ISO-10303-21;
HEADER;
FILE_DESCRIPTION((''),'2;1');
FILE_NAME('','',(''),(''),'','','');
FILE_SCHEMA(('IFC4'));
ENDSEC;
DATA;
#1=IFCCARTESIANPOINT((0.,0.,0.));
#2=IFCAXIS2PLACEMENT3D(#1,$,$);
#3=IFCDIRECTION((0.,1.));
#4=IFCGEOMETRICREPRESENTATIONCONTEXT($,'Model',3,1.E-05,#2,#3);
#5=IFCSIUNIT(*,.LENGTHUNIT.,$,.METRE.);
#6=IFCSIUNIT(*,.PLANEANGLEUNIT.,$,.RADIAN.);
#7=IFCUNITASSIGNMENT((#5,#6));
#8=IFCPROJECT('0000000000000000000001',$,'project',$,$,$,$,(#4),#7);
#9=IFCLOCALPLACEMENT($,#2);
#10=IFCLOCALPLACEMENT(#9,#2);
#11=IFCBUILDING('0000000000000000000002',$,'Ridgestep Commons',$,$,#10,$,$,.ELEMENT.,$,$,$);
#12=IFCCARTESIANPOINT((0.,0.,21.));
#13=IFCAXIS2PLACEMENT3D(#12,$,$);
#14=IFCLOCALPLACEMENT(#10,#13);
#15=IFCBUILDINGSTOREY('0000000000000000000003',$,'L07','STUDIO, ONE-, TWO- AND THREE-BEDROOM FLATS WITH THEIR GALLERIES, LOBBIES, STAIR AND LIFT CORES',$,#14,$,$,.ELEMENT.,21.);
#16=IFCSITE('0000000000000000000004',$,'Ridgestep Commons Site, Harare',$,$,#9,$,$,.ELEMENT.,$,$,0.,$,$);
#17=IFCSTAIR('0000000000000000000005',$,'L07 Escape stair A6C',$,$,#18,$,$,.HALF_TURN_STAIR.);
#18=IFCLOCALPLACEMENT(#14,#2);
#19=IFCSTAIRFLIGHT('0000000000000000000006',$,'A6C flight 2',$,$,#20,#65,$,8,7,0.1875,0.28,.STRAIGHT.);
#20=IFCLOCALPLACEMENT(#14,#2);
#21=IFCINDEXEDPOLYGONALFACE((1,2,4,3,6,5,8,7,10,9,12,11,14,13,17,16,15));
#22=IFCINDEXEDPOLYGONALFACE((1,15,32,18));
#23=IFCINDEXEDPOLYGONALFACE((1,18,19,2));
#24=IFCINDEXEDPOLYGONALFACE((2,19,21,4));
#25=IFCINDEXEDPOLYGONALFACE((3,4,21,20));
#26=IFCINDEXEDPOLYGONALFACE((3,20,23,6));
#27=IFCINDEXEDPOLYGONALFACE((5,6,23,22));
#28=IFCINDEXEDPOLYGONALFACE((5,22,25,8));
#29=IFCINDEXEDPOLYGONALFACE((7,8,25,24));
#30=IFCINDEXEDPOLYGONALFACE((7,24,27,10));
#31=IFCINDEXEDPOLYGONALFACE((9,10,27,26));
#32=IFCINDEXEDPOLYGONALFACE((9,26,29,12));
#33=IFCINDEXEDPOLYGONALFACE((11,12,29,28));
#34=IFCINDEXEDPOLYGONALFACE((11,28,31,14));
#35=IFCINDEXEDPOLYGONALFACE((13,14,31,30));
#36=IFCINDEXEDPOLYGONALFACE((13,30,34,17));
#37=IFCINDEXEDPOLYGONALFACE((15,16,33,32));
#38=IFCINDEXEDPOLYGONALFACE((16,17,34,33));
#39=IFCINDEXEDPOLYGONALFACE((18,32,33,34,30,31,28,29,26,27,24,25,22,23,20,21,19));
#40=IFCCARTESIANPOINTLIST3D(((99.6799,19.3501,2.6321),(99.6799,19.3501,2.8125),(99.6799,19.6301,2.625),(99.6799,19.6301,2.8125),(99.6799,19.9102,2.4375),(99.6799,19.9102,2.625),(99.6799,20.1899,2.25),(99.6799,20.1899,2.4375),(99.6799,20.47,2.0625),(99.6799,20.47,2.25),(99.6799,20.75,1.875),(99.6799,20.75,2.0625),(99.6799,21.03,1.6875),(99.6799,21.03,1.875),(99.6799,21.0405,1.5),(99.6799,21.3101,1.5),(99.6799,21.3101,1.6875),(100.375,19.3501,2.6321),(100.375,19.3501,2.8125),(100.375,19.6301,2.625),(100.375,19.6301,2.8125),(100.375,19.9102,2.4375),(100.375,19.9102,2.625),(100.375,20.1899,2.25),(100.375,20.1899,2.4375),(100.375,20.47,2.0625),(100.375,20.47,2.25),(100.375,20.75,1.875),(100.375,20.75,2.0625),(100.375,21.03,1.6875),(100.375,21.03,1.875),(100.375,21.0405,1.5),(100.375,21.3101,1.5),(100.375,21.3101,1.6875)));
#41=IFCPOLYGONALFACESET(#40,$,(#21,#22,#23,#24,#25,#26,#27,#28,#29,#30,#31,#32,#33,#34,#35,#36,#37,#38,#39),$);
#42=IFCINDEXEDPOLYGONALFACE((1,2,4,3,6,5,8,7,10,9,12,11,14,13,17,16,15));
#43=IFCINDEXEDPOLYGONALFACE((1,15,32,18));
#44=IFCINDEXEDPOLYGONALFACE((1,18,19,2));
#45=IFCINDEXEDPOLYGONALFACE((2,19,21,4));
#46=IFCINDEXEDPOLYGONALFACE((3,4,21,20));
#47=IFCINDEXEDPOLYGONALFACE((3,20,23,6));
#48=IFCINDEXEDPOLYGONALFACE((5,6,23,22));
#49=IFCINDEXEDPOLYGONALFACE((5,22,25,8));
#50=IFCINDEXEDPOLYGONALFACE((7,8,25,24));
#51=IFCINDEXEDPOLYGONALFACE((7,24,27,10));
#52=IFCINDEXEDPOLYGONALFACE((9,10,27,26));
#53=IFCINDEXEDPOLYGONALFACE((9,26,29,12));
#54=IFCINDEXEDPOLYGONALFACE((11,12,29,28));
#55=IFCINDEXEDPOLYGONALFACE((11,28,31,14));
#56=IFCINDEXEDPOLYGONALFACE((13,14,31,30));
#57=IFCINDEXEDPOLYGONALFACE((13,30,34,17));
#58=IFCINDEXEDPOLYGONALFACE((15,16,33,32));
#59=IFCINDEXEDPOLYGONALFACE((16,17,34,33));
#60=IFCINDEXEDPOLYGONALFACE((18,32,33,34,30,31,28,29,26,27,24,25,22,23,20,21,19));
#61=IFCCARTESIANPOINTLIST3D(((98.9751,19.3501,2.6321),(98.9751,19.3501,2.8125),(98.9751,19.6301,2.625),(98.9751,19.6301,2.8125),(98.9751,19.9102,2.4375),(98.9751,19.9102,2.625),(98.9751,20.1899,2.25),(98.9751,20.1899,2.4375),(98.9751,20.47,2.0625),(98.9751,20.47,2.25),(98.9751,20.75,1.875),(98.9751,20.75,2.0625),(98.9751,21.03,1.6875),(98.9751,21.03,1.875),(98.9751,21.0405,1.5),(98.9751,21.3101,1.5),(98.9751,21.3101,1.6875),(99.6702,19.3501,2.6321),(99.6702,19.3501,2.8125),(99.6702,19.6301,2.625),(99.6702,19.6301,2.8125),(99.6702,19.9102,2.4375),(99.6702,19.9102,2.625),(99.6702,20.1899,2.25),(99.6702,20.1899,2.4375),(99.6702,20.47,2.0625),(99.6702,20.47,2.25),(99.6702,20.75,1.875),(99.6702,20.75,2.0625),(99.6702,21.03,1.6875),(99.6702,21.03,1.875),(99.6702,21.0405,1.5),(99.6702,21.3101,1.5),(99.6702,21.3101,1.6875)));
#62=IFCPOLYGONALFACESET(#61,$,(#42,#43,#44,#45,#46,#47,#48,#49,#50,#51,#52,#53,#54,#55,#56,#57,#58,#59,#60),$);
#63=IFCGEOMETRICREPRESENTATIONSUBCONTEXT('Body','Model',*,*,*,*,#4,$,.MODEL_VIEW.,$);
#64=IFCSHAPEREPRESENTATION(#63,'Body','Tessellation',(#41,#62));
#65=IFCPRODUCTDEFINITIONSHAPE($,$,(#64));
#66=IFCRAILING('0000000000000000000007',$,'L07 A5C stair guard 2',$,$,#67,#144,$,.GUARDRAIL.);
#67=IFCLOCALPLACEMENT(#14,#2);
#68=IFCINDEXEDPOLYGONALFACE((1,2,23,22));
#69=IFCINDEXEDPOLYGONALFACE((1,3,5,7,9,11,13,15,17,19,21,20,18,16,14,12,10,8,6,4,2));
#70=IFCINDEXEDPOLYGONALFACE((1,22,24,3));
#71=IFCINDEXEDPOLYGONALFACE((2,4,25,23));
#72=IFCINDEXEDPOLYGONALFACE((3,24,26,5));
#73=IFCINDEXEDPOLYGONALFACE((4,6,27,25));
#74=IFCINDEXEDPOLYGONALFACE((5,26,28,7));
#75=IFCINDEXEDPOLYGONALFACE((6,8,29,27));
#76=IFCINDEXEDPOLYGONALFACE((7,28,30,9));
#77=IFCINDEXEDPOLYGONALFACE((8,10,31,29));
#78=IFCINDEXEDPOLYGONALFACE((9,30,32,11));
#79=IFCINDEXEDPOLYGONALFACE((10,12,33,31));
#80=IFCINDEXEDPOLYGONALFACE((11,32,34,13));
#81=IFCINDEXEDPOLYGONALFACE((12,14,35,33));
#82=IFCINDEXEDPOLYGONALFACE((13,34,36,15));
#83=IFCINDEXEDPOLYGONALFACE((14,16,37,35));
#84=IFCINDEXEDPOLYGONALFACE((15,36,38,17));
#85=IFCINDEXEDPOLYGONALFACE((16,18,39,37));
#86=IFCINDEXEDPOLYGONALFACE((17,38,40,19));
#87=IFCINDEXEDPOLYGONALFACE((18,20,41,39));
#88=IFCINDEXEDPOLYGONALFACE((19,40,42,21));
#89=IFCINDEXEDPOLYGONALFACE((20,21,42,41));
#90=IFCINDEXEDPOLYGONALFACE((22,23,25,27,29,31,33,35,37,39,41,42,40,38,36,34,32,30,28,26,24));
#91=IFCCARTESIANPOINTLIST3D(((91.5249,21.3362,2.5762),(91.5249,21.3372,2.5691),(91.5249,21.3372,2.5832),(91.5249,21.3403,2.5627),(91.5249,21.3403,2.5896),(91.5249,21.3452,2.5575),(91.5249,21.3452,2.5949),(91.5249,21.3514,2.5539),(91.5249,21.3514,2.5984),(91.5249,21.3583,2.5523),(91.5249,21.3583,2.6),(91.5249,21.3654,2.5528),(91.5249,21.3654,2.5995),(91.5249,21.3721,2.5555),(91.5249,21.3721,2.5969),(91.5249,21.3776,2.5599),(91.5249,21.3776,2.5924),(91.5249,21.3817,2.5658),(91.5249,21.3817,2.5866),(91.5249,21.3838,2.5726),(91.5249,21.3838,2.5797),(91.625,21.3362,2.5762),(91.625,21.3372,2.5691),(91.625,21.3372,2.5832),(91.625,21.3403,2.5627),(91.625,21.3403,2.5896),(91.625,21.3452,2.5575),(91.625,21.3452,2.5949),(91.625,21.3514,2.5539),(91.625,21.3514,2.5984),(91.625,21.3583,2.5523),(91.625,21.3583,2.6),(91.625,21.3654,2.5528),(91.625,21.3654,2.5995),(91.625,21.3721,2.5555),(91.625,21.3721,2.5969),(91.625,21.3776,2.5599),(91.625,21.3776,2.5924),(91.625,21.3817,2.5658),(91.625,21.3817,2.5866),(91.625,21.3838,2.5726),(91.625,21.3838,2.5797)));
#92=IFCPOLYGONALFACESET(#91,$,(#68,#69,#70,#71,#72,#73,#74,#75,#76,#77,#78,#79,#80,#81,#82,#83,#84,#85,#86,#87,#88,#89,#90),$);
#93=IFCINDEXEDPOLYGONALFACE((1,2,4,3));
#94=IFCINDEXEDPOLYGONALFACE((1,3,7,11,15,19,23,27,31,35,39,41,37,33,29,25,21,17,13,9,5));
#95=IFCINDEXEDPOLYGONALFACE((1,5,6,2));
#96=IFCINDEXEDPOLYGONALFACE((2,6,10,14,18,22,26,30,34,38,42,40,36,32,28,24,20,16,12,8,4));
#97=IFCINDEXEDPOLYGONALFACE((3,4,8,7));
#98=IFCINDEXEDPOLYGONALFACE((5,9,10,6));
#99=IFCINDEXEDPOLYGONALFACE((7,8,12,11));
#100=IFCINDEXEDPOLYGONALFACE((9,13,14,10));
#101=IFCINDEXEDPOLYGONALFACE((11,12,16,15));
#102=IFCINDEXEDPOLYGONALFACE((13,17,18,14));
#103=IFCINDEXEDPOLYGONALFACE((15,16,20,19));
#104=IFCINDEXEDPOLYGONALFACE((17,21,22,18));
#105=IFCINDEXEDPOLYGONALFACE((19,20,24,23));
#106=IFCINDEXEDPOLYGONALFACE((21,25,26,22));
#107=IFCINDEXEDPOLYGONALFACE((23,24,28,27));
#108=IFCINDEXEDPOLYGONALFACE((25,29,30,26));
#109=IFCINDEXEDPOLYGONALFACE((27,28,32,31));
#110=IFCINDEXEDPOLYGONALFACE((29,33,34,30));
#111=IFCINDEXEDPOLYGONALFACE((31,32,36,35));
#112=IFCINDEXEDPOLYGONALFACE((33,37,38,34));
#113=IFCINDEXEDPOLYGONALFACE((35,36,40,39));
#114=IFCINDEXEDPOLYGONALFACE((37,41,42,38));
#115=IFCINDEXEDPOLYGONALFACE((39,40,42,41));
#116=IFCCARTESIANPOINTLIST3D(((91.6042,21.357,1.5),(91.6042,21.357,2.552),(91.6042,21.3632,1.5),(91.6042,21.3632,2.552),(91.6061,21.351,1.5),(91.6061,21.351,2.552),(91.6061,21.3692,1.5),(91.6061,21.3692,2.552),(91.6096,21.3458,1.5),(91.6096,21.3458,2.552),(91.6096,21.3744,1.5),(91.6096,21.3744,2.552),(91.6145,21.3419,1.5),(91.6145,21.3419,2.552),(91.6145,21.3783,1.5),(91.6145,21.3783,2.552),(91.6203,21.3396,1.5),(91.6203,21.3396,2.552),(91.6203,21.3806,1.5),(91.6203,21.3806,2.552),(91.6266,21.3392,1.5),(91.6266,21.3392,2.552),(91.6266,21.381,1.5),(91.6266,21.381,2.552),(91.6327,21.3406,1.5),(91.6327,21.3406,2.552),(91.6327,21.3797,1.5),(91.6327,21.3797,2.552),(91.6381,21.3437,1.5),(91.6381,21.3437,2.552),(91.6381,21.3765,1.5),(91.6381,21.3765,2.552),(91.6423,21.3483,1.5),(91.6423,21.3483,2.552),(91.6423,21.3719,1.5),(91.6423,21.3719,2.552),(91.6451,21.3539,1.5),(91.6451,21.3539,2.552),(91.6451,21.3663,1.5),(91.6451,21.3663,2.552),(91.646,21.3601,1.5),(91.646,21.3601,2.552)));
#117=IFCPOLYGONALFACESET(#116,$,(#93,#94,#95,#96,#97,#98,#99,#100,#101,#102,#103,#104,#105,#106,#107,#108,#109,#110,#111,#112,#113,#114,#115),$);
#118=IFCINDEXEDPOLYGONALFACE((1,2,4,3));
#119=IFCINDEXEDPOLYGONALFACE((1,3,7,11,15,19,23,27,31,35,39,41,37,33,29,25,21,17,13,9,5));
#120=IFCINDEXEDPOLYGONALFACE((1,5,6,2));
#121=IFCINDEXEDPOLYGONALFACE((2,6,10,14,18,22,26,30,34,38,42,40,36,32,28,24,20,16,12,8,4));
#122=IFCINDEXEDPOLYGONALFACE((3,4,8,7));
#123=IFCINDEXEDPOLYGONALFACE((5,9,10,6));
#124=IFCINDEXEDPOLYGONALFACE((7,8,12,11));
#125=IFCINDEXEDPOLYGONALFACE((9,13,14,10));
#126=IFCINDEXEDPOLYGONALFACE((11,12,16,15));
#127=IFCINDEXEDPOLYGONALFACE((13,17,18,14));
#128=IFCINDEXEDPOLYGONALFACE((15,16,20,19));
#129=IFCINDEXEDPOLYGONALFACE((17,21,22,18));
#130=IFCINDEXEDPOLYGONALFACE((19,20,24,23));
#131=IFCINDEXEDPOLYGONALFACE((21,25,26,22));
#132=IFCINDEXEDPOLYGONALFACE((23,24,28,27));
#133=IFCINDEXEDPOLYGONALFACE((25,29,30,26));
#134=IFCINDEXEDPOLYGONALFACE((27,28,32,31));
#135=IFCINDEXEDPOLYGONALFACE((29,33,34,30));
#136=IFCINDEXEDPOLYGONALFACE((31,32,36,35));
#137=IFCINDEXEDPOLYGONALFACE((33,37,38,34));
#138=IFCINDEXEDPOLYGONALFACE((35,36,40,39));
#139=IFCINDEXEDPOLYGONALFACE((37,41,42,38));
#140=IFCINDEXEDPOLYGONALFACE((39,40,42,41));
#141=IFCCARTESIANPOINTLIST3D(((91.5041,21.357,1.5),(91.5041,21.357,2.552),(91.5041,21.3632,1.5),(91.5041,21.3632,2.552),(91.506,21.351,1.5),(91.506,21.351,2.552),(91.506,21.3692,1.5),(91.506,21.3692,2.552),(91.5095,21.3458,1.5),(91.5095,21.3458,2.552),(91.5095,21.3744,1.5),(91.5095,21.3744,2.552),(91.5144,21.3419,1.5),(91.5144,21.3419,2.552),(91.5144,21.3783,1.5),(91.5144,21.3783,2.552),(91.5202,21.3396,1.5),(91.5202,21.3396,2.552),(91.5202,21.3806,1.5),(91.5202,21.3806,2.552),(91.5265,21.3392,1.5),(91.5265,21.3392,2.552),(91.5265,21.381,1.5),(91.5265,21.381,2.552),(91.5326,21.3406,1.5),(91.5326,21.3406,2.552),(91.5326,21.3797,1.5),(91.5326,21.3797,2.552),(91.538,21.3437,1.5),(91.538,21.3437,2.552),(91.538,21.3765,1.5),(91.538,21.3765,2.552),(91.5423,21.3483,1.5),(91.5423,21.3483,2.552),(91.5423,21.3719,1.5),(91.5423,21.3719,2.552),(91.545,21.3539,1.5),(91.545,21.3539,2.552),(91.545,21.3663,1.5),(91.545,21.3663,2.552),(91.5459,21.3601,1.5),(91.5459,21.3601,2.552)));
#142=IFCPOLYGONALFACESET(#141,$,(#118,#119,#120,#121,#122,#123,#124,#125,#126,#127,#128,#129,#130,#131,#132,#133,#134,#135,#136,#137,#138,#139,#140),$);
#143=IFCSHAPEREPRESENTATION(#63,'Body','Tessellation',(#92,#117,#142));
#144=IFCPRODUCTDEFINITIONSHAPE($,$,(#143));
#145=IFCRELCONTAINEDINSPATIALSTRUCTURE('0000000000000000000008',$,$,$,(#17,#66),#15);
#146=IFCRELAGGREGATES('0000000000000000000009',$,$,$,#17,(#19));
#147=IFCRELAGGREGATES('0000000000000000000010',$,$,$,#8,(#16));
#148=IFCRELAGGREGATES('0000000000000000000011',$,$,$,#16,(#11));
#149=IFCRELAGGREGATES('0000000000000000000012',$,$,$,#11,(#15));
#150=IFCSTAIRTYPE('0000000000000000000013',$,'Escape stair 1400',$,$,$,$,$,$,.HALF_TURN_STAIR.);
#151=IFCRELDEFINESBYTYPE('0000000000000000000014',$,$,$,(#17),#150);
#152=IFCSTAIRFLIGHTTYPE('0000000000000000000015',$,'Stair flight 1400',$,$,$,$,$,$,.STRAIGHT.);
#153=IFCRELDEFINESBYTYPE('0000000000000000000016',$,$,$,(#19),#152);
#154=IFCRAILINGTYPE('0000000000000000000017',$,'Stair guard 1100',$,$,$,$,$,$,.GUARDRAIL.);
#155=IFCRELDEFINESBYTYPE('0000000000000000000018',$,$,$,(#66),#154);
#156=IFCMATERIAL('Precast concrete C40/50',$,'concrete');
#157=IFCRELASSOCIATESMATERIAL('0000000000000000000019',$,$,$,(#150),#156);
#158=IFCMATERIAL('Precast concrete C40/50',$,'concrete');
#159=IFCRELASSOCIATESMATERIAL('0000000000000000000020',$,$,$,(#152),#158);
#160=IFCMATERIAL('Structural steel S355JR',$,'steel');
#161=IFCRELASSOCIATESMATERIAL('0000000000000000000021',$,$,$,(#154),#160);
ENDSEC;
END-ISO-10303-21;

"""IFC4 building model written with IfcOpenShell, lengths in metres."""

from ifc_helpers import new_model, si_unit, direction, frame, origin, origin_2d, place, context, subcontext, project, spatial, polyline, circle, outline, extrude, material, type_object, element, aggregate, save


model = new_model("IFC4")

# Units and contexts
model_context = context("Model", 3, precision=1e-05, world=origin(), true_north=direction((0.0, 1.0)))
body_context = subcontext(model_context, "Body", "Model", "MODEL_VIEW")
ifc_project = project(units=[si_unit("LENGTHUNIT", "METRE"), si_unit("PLANEANGLEUNIT", "RADIAN")], contexts=[model_context])

# Site, building, storey
site_placement = place(None, origin())
site = spatial("IfcSite", under=ifc_project, at=site_placement, Name="Ridgestep Commons Site, Harare", CompositionType="ELEMENT", RefElevation=0.0)
building_placement = place(site_placement, origin())
building = spatial("IfcBuilding", under=site, at=building_placement, Name="Ridgestep Commons", CompositionType="ELEMENT")
storey_placement = place(building_placement, frame((0.0, 0.0, 21.0)))
storey = spatial("IfcBuildingStorey", under=building, at=storey_placement, Name="L07", Description="STUDIO, ONE-, TWO- AND THREE-BEDROOM FLATS WITH THEIR GALLERIES, LOBBIES, STAIR AND LIFT CORES", CompositionType="ELEMENT", Elevation=21.0)

# Stair, stair flight
ifc_material_1 = material(Name="Precast concrete C40/50", Category="concrete")
stair_type = type_object("IfcStairType", Name="Escape stair 1400", PredefinedType="HALF_TURN_STAIR", material=ifc_material_1)
stair_placement = place(storey_placement, origin())
stair = element("IfcStair", 1, at=stair_placement, inside=storey, type_object=stair_type, Name="L07 Escape stair A6C", PredefinedType="HALF_TURN_STAIR")
ifc_material_2 = material(Name="Precast concrete C40/50", Category="concrete")
stair_flight_type = type_object("IfcStairFlightType", Name="Stair flight 1400", PredefinedType="STRAIGHT", material=ifc_material_2)
stair_flight_placement = place(storey_placement, frame((99.675, 21.3101, 1.5), z_axis=(0.0, 0.0, 1.0), x_axis=(0.0, -1.0, 0.0)))
stair_flight = element("IfcStairFlight", 2, at=stair_flight_placement, type_object=stair_flight_type, Name="A6C flight 2", NumberOfRisers=8, NumberOfTreads=7, PredefinedType="STRAIGHT", RiserHeight=0.1875, TreadLength=0.28, context=body_context, shape_type="SweptSolid", body=[
    extrude(outline(polyline([(0.0, 0.0), (0.0, 0.1875), (0.28, 0.1875), (0.28, 0.375), (0.5601, 0.375), (0.5601, 0.5625), (0.8401, 0.5625), (0.8401, 0.75), (1.1201, 0.75), (1.1201, 0.9375), (1.3999, 0.9375), (1.3999, 1.125), (1.6799, 1.125), (1.6799, 1.3125), (1.96, 1.3125), (1.96, 1.5), (1.96, 1.1321), (0.2695, 0.0), (0.0, 0.0)])), frame((0.0, 0.7, 0.0), z_axis=(0.0, -1.0, 0.0), x_axis=(1.0, 0.0, 0.0)), (0.0, 0.0, 1.0), 0.6951),
    extrude(outline(polyline([(0.0, 0.0), (0.0, 0.1875), (0.28, 0.1875), (0.28, 0.375), (0.5601, 0.375), (0.5601, 0.5625), (0.8401, 0.5625), (0.8401, 0.75), (1.1201, 0.75), (1.1201, 0.9375), (1.3999, 0.9375), (1.3999, 1.125), (1.6799, 1.125), (1.6799, 1.3125), (1.96, 1.3125), (1.96, 1.5), (1.96, 1.1321), (0.2695, 0.0), (0.0, 0.0)])), frame((0.0, -0.0049, 0.0), z_axis=(0.0, -1.0, 0.0), x_axis=(1.0, 0.0, 0.0)), (0.0, 0.0, 1.0), 0.6951),
])
aggregate(stair, [stair_flight])

# Railing
ifc_material_3 = material(Name="Structural steel S355JR", Category="steel")
railing_type_1 = type_object("IfcRailingType", Name="Stair guard 1100", PredefinedType="GUARDRAIL", material=ifc_material_3)
railing_1_placement = place(storey_placement, frame((91.625, 21.3601, 1.5)))
element("IfcRailing", 3, at=railing_1_placement, inside=storey, type_object=railing_type_1, Name="L07 A5C stair guard 2", PredefinedType="GUARDRAIL", context=body_context, shape_type="SweptSolid", body=[
    extrude(circle(Radius=0.0239, at=origin_2d()), frame((0.0, 0.0, 1.0762), z_axis=(-1.0, 0.0, 0.0), x_axis=(0.0, -1.0, 0.0)), (0.0, 0.0, 1.0), 0.1001),
    extrude(circle(Radius=0.021, at=origin_2d()), origin(), (0.0, 0.0, 1.0), 1.052),
    extrude(circle(Radius=0.021, at=origin_2d()), frame((-0.1001, 0.0, 0.0)), (0.0, 0.0, 1.0), 1.052),
])

save(model, "model.ifc")
